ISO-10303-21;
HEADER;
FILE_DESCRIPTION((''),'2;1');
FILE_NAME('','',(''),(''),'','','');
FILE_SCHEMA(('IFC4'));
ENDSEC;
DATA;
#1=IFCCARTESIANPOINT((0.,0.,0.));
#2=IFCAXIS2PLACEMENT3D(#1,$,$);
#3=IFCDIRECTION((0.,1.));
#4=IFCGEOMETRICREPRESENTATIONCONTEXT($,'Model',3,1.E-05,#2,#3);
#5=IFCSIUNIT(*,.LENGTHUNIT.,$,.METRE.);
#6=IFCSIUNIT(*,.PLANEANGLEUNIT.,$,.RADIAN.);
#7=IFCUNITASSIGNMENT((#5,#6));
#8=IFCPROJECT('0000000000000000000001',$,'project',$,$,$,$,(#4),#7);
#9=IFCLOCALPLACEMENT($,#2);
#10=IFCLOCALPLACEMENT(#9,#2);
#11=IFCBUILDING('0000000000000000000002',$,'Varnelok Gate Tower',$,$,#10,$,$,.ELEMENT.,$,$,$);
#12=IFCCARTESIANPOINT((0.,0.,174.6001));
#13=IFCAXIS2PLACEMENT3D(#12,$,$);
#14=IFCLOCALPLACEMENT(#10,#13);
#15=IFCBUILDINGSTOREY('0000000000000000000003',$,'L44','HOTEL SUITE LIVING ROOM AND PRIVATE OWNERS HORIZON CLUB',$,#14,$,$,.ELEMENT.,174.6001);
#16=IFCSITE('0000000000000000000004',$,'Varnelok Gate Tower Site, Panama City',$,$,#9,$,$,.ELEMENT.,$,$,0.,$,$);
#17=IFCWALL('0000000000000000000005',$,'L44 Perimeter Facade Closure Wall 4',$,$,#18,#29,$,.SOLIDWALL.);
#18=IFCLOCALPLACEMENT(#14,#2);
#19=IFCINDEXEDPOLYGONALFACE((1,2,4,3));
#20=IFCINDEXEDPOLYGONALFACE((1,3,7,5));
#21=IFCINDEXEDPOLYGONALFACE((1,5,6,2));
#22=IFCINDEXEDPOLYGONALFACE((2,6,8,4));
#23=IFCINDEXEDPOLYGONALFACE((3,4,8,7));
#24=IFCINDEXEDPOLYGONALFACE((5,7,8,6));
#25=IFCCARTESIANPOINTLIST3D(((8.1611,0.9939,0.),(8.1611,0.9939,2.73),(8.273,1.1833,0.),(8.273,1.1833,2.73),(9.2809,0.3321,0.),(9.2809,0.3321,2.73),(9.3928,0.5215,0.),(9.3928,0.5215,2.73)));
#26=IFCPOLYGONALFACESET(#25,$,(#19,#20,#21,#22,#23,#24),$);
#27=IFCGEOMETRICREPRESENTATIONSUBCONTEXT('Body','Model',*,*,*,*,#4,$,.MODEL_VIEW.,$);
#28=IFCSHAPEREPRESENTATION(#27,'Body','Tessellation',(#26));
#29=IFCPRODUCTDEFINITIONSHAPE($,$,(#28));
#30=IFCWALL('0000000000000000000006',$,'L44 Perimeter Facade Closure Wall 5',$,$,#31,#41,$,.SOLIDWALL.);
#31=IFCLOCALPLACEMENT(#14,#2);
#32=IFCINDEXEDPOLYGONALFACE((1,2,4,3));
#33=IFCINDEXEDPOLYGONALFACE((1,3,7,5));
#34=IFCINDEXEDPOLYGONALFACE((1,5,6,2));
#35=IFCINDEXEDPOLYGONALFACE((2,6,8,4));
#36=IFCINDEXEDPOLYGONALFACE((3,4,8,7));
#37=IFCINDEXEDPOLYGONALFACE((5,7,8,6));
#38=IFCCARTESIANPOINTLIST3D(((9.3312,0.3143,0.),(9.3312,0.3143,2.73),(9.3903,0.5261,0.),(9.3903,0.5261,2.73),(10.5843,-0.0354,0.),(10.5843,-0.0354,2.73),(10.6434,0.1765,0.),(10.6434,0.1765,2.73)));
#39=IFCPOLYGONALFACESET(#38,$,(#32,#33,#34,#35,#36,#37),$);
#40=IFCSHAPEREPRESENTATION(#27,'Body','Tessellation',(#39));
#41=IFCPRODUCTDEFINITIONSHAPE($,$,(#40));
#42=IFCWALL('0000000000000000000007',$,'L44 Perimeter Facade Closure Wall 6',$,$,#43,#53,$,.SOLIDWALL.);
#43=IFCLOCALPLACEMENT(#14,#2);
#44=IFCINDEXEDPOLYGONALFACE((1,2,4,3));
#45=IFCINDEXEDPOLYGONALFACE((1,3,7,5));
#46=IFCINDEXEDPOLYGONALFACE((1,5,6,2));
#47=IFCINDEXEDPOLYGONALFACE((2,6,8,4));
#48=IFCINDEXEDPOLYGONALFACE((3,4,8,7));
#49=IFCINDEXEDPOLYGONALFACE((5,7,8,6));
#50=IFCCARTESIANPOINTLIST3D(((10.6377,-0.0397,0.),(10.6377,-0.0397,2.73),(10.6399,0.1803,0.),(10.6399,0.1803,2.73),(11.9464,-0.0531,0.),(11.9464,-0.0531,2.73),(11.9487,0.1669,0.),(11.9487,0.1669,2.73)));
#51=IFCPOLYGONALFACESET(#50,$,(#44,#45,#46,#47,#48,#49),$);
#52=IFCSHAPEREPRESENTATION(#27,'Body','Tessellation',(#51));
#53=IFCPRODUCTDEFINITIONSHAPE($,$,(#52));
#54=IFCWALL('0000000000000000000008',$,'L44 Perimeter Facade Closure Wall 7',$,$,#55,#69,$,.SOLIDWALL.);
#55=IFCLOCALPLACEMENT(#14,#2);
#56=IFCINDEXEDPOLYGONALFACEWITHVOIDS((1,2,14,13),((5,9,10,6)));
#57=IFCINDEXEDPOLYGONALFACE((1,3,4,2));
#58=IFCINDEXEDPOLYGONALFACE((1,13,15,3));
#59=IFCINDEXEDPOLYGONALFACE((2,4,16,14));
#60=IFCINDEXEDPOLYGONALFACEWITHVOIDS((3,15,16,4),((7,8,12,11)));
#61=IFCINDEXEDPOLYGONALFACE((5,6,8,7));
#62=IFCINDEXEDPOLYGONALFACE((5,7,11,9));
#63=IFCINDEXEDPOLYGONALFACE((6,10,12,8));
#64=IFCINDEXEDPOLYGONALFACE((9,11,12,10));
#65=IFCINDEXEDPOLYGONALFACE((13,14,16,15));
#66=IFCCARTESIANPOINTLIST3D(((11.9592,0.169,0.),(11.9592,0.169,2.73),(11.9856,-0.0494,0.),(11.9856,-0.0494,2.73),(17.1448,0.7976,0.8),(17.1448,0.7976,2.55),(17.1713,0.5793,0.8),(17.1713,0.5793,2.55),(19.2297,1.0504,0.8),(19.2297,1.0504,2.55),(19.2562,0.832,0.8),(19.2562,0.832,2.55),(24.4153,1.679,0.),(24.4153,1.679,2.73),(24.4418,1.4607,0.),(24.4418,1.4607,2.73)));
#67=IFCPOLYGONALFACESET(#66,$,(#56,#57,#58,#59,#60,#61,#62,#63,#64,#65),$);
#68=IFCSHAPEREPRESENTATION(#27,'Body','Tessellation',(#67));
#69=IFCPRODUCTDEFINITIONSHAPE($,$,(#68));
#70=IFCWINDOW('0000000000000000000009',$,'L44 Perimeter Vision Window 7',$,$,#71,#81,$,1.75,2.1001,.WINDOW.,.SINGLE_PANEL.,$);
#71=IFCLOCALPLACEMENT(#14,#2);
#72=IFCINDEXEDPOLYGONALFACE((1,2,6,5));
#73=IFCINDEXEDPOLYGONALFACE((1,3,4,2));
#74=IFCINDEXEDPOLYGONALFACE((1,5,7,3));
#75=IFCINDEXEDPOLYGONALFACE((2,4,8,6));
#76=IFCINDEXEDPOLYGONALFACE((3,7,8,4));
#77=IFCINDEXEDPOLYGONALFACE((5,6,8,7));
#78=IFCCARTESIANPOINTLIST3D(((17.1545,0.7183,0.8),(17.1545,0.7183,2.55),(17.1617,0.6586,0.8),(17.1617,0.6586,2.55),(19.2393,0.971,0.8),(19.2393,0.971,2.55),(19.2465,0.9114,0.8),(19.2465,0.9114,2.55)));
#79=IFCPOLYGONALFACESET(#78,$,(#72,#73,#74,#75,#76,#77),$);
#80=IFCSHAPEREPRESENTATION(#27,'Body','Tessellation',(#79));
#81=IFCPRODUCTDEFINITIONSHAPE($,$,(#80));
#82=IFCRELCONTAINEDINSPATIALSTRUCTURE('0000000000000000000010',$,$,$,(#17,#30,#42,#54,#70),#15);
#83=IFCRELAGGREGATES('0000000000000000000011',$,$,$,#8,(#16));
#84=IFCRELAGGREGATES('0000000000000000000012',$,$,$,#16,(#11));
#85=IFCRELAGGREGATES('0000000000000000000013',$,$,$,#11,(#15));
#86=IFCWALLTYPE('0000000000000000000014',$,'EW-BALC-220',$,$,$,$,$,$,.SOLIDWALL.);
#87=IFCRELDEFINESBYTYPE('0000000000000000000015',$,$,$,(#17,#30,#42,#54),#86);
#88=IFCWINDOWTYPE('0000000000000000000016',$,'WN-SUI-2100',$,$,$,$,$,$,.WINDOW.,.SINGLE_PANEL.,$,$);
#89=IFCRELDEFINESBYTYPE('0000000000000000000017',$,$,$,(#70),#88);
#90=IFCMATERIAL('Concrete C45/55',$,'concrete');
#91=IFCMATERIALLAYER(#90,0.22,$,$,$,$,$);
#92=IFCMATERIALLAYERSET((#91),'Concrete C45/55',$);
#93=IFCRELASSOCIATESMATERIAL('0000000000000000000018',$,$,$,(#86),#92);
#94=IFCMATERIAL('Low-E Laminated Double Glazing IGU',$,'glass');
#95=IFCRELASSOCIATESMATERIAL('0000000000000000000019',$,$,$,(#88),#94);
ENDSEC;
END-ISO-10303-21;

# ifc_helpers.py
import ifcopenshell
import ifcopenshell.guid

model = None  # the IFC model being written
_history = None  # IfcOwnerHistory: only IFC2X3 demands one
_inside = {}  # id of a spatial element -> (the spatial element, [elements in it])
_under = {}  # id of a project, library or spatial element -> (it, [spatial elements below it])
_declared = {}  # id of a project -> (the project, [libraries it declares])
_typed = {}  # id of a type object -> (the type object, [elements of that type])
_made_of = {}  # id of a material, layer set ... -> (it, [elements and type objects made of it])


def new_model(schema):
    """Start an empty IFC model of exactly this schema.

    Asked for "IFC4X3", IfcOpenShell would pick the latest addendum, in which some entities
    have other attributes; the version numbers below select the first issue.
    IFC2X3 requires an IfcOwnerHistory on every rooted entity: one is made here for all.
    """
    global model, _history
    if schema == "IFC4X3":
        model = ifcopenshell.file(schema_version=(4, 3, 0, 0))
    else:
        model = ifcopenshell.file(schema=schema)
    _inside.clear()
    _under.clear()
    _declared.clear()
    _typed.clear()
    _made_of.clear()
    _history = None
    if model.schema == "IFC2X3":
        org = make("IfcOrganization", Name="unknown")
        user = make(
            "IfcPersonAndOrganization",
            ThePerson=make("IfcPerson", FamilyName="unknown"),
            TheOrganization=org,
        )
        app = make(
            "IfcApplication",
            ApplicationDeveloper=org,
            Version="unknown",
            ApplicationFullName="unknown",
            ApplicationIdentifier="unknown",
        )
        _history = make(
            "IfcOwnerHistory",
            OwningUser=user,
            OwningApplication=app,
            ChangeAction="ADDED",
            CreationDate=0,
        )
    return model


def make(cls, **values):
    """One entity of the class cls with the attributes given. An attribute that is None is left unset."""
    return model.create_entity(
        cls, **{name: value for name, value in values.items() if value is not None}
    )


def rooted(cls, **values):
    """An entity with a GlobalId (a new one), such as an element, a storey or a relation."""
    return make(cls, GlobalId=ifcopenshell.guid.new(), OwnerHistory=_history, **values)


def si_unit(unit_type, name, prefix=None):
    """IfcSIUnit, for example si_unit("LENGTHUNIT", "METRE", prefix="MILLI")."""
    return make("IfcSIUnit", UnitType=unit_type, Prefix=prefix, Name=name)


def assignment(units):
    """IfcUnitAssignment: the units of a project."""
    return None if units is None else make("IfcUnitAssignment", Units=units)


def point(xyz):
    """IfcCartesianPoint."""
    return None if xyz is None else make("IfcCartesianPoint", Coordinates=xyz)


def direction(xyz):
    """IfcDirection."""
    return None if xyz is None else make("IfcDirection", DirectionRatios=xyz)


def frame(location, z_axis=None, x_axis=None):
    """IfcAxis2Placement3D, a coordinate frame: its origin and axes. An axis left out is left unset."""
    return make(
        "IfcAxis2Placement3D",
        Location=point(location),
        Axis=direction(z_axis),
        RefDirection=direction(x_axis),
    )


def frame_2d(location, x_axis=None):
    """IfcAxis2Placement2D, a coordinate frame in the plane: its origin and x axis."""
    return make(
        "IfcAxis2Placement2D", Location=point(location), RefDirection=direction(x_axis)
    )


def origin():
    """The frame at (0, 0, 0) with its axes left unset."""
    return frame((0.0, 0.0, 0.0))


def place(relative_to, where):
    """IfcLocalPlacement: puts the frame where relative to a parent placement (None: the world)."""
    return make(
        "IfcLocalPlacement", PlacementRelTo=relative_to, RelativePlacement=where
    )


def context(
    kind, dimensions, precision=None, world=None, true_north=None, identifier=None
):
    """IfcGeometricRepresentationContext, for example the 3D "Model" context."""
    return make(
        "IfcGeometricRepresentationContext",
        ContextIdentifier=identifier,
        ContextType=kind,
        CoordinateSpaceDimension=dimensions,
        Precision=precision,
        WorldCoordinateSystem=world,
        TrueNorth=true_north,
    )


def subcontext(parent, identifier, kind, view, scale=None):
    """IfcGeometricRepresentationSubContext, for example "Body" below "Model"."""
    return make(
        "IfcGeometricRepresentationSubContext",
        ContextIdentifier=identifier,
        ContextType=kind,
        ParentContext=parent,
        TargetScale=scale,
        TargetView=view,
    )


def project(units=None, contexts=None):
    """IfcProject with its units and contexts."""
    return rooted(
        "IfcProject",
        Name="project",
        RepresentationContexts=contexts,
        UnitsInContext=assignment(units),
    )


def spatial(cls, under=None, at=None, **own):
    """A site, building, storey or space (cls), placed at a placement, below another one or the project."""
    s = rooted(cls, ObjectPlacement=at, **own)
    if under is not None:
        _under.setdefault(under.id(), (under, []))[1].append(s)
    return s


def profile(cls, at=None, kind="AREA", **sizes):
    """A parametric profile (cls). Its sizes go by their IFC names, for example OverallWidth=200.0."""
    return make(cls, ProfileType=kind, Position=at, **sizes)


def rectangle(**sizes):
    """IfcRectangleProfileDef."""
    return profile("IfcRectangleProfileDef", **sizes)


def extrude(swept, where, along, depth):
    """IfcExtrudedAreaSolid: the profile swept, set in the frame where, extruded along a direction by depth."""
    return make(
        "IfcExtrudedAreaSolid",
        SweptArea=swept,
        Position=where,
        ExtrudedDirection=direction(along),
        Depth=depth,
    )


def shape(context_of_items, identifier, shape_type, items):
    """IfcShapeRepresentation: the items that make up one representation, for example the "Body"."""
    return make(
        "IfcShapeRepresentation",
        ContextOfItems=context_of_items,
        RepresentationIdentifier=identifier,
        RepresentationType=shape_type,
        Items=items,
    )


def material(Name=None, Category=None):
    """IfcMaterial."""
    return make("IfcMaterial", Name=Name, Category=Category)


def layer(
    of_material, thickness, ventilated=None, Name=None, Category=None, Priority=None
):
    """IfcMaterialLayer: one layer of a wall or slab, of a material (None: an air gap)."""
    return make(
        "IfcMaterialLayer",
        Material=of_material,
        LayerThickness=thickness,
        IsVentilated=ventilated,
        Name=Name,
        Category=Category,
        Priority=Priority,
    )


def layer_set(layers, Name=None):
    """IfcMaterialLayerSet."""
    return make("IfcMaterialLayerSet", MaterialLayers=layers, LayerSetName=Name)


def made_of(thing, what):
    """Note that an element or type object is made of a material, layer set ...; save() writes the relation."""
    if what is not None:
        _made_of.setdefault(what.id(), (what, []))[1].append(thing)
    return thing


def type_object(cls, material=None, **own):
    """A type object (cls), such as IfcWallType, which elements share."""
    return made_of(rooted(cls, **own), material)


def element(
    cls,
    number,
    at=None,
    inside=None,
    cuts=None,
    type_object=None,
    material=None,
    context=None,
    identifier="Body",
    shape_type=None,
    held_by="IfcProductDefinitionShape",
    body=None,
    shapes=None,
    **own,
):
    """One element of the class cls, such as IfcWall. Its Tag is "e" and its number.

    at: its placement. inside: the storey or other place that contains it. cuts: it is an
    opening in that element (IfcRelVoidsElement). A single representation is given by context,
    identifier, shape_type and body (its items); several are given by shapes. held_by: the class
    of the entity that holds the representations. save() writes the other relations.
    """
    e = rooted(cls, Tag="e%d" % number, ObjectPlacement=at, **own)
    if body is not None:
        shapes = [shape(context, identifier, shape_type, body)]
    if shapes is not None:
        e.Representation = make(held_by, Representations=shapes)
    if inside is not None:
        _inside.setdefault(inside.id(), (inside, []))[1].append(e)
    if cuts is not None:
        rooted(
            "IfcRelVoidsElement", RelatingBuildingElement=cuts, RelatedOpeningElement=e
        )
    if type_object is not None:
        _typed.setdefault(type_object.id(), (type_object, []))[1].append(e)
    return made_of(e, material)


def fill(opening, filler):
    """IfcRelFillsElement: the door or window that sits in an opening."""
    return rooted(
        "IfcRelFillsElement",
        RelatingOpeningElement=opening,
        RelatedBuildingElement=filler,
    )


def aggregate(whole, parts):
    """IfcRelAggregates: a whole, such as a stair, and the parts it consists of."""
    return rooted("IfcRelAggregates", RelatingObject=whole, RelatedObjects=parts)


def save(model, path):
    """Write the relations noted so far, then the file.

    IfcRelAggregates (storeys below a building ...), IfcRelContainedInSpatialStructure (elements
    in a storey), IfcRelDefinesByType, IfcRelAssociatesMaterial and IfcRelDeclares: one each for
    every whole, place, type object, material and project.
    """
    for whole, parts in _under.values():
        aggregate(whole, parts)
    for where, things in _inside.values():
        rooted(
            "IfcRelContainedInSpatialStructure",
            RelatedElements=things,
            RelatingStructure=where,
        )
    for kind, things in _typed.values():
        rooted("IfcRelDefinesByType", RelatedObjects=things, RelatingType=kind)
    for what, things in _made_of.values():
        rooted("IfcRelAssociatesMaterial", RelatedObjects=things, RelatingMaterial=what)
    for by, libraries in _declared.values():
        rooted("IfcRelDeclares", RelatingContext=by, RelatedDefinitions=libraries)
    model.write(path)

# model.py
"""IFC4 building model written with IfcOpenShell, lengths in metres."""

from ifc_helpers import new_model, si_unit, direction, frame, frame_2d, origin, place, context, subcontext, project, spatial, rectangle, extrude, material, layer, layer_set, type_object, element, fill, save


model = new_model("IFC4")

# Units and contexts
model_context = context("Model", 3, precision=1e-05, world=origin(), true_north=direction((0.0, 1.0)))
body_context = subcontext(model_context, "Body", "Model", "MODEL_VIEW")
ifc_project = project(units=[si_unit("LENGTHUNIT", "METRE"), si_unit("PLANEANGLEUNIT", "RADIAN")], contexts=[model_context])

# Site, building, storey
site_placement = place(None, origin())
site = spatial("IfcSite", under=ifc_project, at=site_placement, Name="Varnelok Gate Tower Site, Panama City", CompositionType="ELEMENT", RefElevation=0.0)
building_placement = place(site_placement, origin())
building = spatial("IfcBuilding", under=site, at=building_placement, Name="Varnelok Gate Tower", CompositionType="ELEMENT")
storey_placement = place(building_placement, frame((0.0, 0.0, 174.6001)))
storey = spatial("IfcBuildingStorey", under=building, at=storey_placement, Name="L44", Description="HOTEL SUITE LIVING ROOM AND PRIVATE OWNERS HORIZON CLUB", CompositionType="ELEMENT", Elevation=174.6001)

# Shared definitions
ifc_material_1 = material(Name="Concrete C45/55", Category="concrete")

# Shared definitions
ifc_material_2 = material(Name="Low-E Laminated Double Glazing IGU", Category="glass")

# Walls
ifc_layer_1 = layer(ifc_material_1, 0.22)
ifc_layer_set_1 = layer_set([ifc_layer_1], Name="Concrete C45/55")
wall_type = type_object("IfcWallType", Name="EW-BALC-220", PredefinedType="SOLIDWALL", material=ifc_layer_set_1)
for number, where, z_axis, x_axis, name in (
    (1, (8.217, 1.0886, 0.0), (0.0, 0.0, 1.0), (0.860885, -0.508799, 0.0), "L44 Perimeter Facade Closure Wall 4"),
):
    element("IfcWall", number, at=place(storey_placement, frame(where, z_axis=z_axis, x_axis=x_axis)), inside=storey, type_object=wall_type, Name=name, PredefinedType="SOLIDWALL", context=body_context, shape_type="SweptSolid", body=[
        extrude(rectangle(XDim=1.3008, YDim=0.22, at=frame_2d((0.6504, 0.0))), origin(), (0.0, 0.0, 1.0), 2.73),
    ])
wall_1_placement = place(storey_placement, frame((9.3608, 0.4202, 0.0), z_axis=(0.0, 0.0, 1.0), x_axis=(0.963219, -0.268718, 0.0)))
element("IfcWall", 2, at=wall_1_placement, inside=storey, type_object=wall_type, Name="L44 Perimeter Facade Closure Wall 5", PredefinedType="SOLIDWALL", context=body_context, shape_type="SweptSolid", body=[
    extrude(rectangle(XDim=1.301, YDim=0.22, at=frame_2d((0.6504, 0.0))), origin(), (0.0, 0.0, 1.0), 2.73),
])
wall_2_placement = place(storey_placement, frame((10.6389, 0.0703, 0.0), z_axis=(0.0, 0.0, 1.0), x_axis=(0.999947, -0.010259, 0.0)))
element("IfcWall", 3, at=wall_2_placement, inside=storey, type_object=wall_type, Name="L44 Perimeter Facade Closure Wall 6", PredefinedType="SOLIDWALL", context=body_context, shape_type="SweptSolid", body=[
    extrude(rectangle(XDim=1.3088, YDim=0.22, at=frame_2d((0.6543, 0.0))), origin(), (0.0, 0.0, 1.0), 2.73),
])

# Wall, opening, window
wall_3_placement = place(storey_placement, frame((11.9724, 0.0598, 0.0), z_axis=(0.0, 0.0, 1.0), x_axis=(0.992732, 0.120346, 0.0)))
wall_3 = element("IfcWall", 4, at=wall_3_placement, inside=storey, type_object=wall_type, Name="L44 Perimeter Facade Closure Wall 7", PredefinedType="SOLIDWALL", context=body_context, shape_type="SweptSolid", body=[
    extrude(rectangle(XDim=12.5474, YDim=0.22, at=frame_2d((6.2737, 0.0))), origin(), (0.0, 0.0, 1.0), 2.73),
])
opening_placement = place(wall_3_placement, frame((5.2236, 0.0, 0.8)))
opening = element("IfcOpeningElement", 5, at=opening_placement, cuts=wall_3, PredefinedType="OPENING", context=body_context, shape_type="SweptSolid", body=[
    extrude(rectangle(XDim=2.1001, YDim=1.75, at=frame_2d((1.05, 0.875))), frame((0.0, 0.1199, 0.0), z_axis=(0.0, -1.0, 0.0), x_axis=(1.0, 0.0, 0.0)), (0.0, 0.0, 1.0), 0.24),
])
window_type = type_object("IfcWindowType", Name="WN-SUI-2100", PartitioningType="SINGLE_PANEL", PredefinedType="WINDOW", material=ifc_material_2)
window_placement = place(opening_placement, origin())
window = element("IfcWindow", 6, at=window_placement, inside=storey, type_object=window_type, Name="L44 Perimeter Vision Window 7", OverallHeight=1.75, OverallWidth=2.1001, PartitioningType="SINGLE_PANEL", PredefinedType="WINDOW", context=body_context, shape_type="SweptSolid", body=[
    extrude(rectangle(XDim=2.1001, YDim=1.75, at=frame_2d((1.05, 0.875))), frame((0.0, 0.03, 0.0), z_axis=(0.0, -1.0, 0.0), x_axis=(1.0, 0.0, 0.0)), (0.0, 0.0, 1.0), 0.0601),
])
fill(opening, window)

save(model, "model.ifc")
